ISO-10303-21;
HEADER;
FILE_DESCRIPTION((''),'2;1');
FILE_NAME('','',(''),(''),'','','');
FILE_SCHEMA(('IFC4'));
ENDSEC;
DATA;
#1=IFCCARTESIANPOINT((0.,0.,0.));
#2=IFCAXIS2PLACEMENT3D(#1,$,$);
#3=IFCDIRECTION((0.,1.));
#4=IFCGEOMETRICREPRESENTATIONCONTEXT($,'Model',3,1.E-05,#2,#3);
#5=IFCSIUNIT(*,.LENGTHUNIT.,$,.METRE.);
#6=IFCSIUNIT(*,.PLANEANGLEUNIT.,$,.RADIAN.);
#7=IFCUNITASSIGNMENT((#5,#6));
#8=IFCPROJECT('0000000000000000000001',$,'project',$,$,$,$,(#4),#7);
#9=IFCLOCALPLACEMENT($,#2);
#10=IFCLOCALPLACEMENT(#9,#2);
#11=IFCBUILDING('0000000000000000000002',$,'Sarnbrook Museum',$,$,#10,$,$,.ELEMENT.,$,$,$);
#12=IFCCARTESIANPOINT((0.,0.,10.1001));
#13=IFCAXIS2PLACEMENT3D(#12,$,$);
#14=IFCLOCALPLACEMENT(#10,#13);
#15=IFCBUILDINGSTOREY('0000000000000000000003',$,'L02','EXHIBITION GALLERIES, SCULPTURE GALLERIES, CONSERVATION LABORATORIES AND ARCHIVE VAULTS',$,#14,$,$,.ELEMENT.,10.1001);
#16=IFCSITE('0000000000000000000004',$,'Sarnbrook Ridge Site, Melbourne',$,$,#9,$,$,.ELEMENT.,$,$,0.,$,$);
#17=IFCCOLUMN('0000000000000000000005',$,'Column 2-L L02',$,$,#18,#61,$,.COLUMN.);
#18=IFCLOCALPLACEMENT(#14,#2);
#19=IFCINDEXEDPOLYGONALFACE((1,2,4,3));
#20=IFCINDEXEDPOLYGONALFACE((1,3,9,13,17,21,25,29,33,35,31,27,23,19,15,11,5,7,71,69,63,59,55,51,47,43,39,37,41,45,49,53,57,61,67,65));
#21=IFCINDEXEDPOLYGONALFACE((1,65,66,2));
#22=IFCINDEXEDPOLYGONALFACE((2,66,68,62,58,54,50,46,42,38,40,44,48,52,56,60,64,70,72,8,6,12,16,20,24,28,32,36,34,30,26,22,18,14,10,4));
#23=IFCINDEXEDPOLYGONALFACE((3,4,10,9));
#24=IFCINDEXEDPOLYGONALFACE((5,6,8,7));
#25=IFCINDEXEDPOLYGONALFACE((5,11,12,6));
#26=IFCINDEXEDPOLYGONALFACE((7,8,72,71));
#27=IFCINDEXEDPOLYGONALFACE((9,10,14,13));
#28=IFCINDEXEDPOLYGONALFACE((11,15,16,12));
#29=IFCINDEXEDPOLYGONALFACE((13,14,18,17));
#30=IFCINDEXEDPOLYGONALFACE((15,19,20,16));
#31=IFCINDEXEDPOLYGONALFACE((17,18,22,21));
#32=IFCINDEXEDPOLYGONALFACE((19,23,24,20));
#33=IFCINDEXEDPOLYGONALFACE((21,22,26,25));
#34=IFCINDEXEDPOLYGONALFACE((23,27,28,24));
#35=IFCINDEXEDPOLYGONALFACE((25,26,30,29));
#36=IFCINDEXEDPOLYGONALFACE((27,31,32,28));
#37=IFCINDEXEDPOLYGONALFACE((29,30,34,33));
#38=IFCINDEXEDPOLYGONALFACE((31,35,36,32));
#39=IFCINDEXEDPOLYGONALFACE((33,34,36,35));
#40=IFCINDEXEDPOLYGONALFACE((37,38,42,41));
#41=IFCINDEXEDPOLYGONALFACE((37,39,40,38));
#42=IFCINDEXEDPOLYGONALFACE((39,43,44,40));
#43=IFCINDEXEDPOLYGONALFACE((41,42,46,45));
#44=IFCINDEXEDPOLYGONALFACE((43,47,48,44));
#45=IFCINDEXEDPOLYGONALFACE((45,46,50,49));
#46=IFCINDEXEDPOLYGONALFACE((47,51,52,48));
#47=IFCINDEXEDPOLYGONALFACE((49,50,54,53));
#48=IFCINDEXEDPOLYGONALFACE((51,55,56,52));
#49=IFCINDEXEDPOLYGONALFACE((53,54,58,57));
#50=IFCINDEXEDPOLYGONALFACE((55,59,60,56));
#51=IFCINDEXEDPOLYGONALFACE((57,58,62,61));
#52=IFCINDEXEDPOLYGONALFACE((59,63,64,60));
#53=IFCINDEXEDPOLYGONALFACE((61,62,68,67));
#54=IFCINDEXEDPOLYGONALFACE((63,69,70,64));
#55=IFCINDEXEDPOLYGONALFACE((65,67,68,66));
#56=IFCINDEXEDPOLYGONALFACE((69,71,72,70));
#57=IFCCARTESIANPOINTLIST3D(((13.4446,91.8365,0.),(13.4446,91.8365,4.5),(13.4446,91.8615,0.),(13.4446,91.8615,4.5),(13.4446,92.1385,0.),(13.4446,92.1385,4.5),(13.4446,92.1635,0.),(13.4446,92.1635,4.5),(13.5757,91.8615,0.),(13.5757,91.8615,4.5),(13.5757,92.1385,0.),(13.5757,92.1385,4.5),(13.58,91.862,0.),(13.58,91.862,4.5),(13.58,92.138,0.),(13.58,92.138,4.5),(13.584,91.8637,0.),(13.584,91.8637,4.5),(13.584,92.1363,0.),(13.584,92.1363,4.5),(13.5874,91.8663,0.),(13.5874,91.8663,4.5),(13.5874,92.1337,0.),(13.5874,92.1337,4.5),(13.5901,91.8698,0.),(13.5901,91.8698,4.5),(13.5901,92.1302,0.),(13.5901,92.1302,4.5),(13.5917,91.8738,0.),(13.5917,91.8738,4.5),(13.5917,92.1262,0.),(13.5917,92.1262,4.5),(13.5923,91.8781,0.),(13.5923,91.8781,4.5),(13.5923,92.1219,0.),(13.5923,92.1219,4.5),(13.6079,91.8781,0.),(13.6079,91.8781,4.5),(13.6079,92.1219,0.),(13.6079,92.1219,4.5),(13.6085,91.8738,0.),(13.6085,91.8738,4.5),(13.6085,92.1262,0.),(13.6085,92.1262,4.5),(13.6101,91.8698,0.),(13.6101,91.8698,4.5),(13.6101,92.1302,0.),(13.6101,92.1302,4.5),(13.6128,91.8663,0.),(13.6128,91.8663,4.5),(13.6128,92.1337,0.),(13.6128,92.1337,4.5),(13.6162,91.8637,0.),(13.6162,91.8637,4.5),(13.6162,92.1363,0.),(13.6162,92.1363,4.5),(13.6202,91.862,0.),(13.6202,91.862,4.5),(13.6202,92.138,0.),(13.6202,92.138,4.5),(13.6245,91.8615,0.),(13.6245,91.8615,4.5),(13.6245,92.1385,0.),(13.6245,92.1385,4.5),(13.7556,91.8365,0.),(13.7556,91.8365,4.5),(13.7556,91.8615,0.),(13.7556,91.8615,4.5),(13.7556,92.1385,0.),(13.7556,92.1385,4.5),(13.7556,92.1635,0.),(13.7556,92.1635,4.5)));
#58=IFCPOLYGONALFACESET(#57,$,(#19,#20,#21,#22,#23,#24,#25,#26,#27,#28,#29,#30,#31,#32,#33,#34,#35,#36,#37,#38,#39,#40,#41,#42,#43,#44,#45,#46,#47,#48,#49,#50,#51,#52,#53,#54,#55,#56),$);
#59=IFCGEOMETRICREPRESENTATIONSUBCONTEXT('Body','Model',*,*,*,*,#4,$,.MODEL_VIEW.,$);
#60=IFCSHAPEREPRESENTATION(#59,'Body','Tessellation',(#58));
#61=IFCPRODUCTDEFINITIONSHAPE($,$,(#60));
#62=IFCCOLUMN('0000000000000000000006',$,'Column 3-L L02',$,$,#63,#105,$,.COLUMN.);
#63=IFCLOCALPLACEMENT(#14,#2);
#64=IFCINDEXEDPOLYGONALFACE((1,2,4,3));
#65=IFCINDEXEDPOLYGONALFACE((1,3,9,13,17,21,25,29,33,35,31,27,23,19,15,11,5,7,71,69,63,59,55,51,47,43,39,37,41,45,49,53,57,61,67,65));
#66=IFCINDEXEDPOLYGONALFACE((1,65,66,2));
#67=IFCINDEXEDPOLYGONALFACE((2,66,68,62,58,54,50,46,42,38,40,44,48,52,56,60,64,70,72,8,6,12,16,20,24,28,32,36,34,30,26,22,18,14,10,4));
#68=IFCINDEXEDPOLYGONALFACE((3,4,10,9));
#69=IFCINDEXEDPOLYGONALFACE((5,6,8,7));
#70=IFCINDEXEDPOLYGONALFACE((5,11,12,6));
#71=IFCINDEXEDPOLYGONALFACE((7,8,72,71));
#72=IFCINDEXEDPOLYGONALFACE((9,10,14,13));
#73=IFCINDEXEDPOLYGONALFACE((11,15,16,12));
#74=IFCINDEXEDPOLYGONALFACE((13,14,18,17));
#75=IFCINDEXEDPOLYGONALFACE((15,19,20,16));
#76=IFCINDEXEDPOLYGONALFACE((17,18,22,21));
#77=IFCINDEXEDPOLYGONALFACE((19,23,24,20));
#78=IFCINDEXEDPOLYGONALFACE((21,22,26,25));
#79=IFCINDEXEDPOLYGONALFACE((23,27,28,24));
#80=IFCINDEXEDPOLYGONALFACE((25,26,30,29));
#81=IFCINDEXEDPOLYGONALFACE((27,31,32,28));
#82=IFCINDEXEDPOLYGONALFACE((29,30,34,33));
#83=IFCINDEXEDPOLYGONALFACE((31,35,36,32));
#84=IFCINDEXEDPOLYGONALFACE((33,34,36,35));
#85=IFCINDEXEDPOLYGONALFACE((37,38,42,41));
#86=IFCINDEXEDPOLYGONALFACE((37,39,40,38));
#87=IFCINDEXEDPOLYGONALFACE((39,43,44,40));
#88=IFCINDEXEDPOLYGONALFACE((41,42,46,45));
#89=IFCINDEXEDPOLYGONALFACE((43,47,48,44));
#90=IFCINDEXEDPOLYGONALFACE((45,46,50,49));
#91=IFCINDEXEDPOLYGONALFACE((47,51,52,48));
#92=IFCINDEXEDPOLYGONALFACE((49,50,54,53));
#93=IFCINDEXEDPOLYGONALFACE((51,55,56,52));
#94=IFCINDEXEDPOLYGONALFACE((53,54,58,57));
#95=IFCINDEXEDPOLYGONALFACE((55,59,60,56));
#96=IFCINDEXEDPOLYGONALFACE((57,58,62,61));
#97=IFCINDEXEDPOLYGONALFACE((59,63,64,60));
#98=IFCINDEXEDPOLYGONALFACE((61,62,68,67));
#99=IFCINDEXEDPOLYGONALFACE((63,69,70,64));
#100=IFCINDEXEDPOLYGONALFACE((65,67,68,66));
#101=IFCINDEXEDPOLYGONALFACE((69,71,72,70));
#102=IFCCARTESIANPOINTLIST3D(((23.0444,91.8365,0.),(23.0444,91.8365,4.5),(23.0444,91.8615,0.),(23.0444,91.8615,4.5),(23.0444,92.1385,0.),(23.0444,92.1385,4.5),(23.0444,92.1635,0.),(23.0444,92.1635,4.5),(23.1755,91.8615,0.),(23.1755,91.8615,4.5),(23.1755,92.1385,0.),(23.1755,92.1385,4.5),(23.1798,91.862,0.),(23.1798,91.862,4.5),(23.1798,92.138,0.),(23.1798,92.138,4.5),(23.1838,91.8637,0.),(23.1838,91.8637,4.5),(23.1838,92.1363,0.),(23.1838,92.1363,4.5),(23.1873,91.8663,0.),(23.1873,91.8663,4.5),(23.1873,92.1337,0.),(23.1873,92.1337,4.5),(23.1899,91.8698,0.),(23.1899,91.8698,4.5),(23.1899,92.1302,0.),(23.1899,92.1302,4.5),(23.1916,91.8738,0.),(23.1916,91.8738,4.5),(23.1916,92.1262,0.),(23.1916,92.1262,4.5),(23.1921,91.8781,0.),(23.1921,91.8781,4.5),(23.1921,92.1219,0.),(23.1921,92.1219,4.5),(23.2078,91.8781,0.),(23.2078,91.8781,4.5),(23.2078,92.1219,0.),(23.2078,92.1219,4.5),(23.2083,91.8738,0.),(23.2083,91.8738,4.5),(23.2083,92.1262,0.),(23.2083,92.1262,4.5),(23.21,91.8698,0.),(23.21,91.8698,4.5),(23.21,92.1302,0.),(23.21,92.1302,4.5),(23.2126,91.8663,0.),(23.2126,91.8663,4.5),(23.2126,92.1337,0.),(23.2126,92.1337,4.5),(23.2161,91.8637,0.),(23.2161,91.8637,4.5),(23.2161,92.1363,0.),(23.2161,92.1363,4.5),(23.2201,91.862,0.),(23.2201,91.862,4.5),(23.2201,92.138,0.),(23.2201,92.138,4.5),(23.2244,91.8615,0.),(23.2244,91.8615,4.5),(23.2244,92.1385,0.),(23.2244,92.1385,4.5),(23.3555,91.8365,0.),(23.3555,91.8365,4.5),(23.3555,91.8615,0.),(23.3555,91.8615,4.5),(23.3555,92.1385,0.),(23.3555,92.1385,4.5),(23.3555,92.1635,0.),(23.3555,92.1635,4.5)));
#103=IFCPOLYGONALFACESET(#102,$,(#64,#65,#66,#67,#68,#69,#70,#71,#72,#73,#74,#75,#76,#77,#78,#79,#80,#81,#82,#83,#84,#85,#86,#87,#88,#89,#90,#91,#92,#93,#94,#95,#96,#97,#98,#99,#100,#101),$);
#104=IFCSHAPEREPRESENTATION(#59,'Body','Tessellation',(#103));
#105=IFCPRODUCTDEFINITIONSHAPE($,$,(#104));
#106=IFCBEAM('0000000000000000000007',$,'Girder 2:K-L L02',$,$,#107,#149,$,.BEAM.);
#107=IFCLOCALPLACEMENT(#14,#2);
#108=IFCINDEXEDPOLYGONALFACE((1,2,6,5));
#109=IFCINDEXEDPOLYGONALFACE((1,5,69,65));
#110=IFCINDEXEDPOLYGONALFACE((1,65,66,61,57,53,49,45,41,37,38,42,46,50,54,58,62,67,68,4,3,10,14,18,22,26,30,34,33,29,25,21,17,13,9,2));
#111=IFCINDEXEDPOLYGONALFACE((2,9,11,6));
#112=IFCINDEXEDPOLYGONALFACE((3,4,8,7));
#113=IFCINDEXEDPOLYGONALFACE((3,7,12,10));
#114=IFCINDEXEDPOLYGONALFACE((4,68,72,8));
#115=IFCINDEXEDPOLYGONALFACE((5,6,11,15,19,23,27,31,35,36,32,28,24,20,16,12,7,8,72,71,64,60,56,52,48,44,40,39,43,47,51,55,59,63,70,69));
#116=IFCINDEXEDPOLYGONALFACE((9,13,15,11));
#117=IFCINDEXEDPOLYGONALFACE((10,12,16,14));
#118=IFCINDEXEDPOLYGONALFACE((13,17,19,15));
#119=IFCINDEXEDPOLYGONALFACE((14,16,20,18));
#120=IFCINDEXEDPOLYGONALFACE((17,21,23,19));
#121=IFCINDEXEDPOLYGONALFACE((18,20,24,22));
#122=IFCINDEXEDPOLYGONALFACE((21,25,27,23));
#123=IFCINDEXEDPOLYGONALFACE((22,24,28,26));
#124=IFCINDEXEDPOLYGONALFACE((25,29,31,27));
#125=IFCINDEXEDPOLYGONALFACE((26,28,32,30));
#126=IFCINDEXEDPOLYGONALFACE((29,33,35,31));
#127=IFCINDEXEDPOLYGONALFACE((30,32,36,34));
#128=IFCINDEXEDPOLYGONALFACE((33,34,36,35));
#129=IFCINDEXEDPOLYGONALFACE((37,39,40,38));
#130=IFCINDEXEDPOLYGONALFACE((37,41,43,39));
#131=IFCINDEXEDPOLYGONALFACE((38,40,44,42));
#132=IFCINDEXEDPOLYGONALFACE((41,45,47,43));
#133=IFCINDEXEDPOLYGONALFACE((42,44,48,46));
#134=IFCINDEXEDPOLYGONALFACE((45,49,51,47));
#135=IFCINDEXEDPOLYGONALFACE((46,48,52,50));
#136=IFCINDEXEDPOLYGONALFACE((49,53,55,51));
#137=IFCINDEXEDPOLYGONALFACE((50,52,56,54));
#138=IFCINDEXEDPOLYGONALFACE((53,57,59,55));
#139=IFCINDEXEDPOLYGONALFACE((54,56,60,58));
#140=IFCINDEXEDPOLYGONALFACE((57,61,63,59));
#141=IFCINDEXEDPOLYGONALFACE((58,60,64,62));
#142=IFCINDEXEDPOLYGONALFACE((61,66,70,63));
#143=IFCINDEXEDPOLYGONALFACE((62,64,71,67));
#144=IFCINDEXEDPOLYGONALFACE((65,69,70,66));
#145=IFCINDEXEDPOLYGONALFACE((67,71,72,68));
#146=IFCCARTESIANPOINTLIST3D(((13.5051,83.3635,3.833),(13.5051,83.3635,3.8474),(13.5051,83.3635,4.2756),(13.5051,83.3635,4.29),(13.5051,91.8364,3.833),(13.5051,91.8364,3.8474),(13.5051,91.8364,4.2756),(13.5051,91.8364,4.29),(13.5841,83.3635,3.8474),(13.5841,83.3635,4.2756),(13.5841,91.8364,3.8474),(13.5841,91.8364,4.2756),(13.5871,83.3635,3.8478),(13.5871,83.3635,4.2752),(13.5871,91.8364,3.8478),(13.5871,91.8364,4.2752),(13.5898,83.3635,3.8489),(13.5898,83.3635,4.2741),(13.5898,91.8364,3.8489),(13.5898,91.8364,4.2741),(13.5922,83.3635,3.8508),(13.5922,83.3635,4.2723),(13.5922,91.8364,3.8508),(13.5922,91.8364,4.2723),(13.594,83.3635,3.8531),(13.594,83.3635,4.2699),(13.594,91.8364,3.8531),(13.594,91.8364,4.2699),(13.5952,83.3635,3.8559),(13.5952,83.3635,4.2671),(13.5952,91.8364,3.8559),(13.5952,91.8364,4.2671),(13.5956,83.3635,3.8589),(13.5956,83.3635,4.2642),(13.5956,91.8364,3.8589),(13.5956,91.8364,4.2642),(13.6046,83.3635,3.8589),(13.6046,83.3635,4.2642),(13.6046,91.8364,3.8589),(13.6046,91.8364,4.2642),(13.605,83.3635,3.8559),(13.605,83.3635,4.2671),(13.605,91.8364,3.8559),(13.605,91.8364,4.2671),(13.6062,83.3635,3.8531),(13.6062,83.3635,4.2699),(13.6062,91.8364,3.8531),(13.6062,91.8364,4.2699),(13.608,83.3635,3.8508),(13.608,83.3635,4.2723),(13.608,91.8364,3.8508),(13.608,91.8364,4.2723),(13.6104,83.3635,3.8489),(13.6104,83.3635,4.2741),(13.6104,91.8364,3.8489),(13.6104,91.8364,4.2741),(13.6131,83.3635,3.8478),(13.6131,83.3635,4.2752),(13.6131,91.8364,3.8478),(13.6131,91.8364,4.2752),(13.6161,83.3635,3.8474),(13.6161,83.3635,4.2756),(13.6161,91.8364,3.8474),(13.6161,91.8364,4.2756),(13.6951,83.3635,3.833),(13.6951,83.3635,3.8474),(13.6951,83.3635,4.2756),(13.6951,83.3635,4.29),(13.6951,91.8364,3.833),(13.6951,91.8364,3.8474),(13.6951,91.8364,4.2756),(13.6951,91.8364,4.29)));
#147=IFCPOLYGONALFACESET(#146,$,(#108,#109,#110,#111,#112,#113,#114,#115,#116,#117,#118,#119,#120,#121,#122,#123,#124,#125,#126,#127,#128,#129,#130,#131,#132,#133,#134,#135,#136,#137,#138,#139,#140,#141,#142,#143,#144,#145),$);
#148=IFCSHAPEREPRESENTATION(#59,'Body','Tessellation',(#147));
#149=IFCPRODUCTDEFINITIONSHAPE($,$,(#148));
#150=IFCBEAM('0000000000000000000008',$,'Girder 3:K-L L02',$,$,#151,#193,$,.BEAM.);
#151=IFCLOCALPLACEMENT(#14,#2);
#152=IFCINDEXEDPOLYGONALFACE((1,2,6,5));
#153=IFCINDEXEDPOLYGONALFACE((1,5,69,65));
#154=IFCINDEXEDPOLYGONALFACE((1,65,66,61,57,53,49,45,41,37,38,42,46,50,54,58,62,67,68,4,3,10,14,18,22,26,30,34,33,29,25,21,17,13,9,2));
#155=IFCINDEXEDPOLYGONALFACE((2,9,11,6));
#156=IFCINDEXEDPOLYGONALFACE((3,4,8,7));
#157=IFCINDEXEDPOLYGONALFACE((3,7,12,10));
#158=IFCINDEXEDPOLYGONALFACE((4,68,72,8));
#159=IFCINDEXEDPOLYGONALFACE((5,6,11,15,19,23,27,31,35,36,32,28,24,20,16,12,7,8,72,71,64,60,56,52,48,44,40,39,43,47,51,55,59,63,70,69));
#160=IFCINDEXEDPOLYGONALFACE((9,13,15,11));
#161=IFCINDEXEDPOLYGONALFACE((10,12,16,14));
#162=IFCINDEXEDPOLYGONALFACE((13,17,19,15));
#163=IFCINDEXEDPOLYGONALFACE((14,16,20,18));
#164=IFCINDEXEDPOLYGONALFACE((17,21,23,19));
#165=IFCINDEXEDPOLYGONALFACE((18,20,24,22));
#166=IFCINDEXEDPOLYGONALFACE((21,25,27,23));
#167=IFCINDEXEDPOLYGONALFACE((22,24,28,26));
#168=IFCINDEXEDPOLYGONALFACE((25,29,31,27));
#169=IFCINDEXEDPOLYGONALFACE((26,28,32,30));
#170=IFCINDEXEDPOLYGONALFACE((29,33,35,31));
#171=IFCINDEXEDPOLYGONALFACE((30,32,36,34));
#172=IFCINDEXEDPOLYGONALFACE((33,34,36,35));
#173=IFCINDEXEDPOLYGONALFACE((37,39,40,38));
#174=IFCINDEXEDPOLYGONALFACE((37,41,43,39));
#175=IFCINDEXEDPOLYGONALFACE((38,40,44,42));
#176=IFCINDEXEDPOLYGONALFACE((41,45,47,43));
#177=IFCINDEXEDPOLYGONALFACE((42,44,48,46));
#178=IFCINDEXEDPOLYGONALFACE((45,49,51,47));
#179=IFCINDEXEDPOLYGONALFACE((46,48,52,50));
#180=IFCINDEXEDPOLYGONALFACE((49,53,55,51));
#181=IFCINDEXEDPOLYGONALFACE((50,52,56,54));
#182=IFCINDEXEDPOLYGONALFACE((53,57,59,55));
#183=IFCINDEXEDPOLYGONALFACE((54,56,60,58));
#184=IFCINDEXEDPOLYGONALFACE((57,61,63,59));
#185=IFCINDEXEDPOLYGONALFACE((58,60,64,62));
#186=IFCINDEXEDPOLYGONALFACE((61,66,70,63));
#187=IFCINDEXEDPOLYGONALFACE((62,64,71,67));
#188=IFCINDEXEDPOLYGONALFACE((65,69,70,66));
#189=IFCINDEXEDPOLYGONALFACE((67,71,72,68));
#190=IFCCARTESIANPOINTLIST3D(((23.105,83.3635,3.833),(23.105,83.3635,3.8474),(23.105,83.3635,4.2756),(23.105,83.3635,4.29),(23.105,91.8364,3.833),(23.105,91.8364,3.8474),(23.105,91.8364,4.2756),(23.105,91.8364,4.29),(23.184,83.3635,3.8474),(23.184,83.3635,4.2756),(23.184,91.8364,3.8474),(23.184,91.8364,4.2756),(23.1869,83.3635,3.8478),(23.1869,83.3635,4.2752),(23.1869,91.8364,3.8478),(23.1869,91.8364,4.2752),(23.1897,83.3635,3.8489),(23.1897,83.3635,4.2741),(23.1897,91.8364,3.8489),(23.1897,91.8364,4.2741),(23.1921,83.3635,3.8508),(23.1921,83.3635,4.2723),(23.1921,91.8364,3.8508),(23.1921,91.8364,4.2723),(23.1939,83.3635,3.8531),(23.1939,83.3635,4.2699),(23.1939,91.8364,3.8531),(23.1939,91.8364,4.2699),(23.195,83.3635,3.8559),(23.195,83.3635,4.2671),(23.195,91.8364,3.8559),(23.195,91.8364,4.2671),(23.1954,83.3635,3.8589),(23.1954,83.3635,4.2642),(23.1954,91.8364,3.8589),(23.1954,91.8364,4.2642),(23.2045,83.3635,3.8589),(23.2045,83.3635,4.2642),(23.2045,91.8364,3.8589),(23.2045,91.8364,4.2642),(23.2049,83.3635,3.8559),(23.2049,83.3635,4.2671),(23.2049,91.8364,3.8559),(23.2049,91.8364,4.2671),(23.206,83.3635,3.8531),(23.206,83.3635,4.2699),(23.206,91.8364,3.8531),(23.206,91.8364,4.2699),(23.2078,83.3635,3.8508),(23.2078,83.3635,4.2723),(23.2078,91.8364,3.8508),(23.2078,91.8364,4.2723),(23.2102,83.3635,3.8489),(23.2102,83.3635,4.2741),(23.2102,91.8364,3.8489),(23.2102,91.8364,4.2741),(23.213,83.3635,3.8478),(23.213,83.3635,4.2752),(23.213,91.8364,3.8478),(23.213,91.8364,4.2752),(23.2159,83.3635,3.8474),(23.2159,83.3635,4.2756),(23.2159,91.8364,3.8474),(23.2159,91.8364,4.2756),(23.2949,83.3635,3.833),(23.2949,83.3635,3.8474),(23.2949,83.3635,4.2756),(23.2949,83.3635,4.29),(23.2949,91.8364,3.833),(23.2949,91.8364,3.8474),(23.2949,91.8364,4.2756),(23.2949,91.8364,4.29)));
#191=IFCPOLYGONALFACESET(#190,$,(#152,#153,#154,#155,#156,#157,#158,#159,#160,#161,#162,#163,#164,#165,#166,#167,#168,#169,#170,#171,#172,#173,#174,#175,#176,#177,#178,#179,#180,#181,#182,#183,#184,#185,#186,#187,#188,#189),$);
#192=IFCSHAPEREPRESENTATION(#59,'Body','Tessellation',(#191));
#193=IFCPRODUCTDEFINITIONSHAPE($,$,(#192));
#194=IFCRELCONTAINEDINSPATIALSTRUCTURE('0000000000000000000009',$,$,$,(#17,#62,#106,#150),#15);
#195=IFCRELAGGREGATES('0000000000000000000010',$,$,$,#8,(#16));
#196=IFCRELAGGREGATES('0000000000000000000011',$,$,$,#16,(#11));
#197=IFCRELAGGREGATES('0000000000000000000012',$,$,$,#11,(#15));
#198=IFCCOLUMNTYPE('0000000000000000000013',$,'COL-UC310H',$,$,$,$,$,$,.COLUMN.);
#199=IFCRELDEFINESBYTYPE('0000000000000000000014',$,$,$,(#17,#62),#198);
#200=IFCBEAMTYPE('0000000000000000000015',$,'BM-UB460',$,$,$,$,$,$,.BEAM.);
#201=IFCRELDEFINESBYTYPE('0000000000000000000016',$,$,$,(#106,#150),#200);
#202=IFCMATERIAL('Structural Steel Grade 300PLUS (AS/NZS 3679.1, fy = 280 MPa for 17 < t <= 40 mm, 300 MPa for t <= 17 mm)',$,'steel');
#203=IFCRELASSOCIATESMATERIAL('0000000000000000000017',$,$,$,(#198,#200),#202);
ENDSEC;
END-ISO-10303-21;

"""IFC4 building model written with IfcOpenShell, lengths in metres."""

from ifc_helpers import new_model, si_unit, direction, frame, origin, origin_2d, place, context, subcontext, project, spatial, i_section, extrude, material, material_profile, profile_set, type_object, element, save


model = new_model("IFC4")

# Units and contexts
model_context = context("Model", 3, precision=1e-05, world=origin(), true_north=direction((0.0, 1.0)))
body_context = subcontext(model_context, "Body", "Model", "MODEL_VIEW")
ifc_project = project(units=[si_unit("LENGTHUNIT", "METRE"), si_unit("PLANEANGLEUNIT", "RADIAN")], contexts=[model_context])

# Site, building, storey
site_placement = place(None, origin())
site = spatial("IfcSite", under=ifc_project, at=site_placement, Name="Sarnbrook Ridge Site, Melbourne", CompositionType="ELEMENT", RefElevation=0.0)
building_placement = place(site_placement, origin())
building = spatial("IfcBuilding", under=site, at=building_placement, Name="Sarnbrook Museum", CompositionType="ELEMENT")
storey_placement = place(building_placement, frame((0.0, 0.0, 10.1001)))
storey = spatial("IfcBuildingStorey", under=building, at=storey_placement, Name="L02", Description="EXHIBITION GALLERIES, SCULPTURE GALLERIES, CONSERVATION LABORATORIES AND ARCHIVE VAULTS", CompositionType="ELEMENT", Elevation=10.1001)

# Columns
ifc_material_1 = material(Name="Structural Steel Grade 300PLUS (AS/NZS 3679.1, fy = 280 MPa for 17 < t <= 40 mm, 300 MPa for t <= 17 mm)", Category="steel")
ifc_material_profile_1 = material_profile(ifc_material_1, i_section(OverallWidth=0.311, OverallDepth=0.3269, WebThickness=0.0156, FlangeThickness=0.0249, FilletRadius=0.0166, at=origin_2d()), Name="310UC158")
ifc_profile_set_1 = profile_set([ifc_material_profile_1], Name="Structural Steel Grade 300PLUS (AS/NZS 3679.1, fy = 280 MPa for 17 < t <= 40 mm, 300 MPa for t <= 17 mm)")
column_type = type_object("IfcColumnType", Name="COL-UC310H", PredefinedType="COLUMN", material=ifc_profile_set_1)
for number, where, z_axis, x_axis, name in (
    (1, (13.6001, 92.0, 0.0), (0.0, 0.0, 1.0), (1.0, 0.0, 0.0), "Column 2-L L02"),
    (2, (23.2, 92.0, 0.0), (0.0, 0.0, 1.0), (1.0, 0.0, 0.0), "Column 3-L L02"),
):
    element("IfcColumn", number, at=place(storey_placement, frame(where, z_axis=z_axis, x_axis=x_axis)), inside=storey, type_object=column_type, Name=name, PredefinedType="COLUMN", context=body_context, shape_type="SweptSolid", body=[
        extrude(i_section(OverallWidth=0.311, OverallDepth=0.3269, WebThickness=0.0156, FlangeThickness=0.0249, FilletRadius=0.0166, at=origin_2d()), origin(), (0.0, 0.0, 1.0), 4.5),
    ])

# Beams
ifc_material_profile_2 = material_profile(ifc_material_1, i_section(OverallWidth=0.1899, OverallDepth=0.457, WebThickness=0.009, FlangeThickness=0.0144, FilletRadius=0.0115, at=origin_2d()), Name="460UB74.6")
ifc_profile_set_2 = profile_set([ifc_material_profile_2], Name="Structural Steel Grade 300PLUS (AS/NZS 3679.1, fy = 280 MPa for 17 < t <= 40 mm, 300 MPa for t <= 17 mm)")
beam_type_1 = type_object("IfcBeamType", Name="BM-UB460", PredefinedType="BEAM", material=ifc_profile_set_2)
for number, where, z_axis, x_axis, name in (
    (3, (13.6001, 83.3635, 4.0615), (0.0, 1.0, 0.0), (-1.0, 0.0, 0.0), "Girder 2:K-L L02"),
    (4, (23.2, 83.3635, 4.0615), (0.0, 1.0, 0.0), (-1.0, 0.0, 0.0), "Girder 3:K-L L02"),
):
    element("IfcBeam", number, at=place(storey_placement, frame(where, z_axis=z_axis, x_axis=x_axis)), inside=storey, type_object=beam_type_1, Name=name, PredefinedType="BEAM", context=body_context, shape_type="SweptSolid", body=[
        extrude(i_section(OverallWidth=0.1899, OverallDepth=0.457, WebThickness=0.009, FlangeThickness=0.0144, FilletRadius=0.0115, at=origin_2d()), origin(), (0.0, 0.0, 1.0), 8.4729),
    ])

save(model, "model.ifc")
